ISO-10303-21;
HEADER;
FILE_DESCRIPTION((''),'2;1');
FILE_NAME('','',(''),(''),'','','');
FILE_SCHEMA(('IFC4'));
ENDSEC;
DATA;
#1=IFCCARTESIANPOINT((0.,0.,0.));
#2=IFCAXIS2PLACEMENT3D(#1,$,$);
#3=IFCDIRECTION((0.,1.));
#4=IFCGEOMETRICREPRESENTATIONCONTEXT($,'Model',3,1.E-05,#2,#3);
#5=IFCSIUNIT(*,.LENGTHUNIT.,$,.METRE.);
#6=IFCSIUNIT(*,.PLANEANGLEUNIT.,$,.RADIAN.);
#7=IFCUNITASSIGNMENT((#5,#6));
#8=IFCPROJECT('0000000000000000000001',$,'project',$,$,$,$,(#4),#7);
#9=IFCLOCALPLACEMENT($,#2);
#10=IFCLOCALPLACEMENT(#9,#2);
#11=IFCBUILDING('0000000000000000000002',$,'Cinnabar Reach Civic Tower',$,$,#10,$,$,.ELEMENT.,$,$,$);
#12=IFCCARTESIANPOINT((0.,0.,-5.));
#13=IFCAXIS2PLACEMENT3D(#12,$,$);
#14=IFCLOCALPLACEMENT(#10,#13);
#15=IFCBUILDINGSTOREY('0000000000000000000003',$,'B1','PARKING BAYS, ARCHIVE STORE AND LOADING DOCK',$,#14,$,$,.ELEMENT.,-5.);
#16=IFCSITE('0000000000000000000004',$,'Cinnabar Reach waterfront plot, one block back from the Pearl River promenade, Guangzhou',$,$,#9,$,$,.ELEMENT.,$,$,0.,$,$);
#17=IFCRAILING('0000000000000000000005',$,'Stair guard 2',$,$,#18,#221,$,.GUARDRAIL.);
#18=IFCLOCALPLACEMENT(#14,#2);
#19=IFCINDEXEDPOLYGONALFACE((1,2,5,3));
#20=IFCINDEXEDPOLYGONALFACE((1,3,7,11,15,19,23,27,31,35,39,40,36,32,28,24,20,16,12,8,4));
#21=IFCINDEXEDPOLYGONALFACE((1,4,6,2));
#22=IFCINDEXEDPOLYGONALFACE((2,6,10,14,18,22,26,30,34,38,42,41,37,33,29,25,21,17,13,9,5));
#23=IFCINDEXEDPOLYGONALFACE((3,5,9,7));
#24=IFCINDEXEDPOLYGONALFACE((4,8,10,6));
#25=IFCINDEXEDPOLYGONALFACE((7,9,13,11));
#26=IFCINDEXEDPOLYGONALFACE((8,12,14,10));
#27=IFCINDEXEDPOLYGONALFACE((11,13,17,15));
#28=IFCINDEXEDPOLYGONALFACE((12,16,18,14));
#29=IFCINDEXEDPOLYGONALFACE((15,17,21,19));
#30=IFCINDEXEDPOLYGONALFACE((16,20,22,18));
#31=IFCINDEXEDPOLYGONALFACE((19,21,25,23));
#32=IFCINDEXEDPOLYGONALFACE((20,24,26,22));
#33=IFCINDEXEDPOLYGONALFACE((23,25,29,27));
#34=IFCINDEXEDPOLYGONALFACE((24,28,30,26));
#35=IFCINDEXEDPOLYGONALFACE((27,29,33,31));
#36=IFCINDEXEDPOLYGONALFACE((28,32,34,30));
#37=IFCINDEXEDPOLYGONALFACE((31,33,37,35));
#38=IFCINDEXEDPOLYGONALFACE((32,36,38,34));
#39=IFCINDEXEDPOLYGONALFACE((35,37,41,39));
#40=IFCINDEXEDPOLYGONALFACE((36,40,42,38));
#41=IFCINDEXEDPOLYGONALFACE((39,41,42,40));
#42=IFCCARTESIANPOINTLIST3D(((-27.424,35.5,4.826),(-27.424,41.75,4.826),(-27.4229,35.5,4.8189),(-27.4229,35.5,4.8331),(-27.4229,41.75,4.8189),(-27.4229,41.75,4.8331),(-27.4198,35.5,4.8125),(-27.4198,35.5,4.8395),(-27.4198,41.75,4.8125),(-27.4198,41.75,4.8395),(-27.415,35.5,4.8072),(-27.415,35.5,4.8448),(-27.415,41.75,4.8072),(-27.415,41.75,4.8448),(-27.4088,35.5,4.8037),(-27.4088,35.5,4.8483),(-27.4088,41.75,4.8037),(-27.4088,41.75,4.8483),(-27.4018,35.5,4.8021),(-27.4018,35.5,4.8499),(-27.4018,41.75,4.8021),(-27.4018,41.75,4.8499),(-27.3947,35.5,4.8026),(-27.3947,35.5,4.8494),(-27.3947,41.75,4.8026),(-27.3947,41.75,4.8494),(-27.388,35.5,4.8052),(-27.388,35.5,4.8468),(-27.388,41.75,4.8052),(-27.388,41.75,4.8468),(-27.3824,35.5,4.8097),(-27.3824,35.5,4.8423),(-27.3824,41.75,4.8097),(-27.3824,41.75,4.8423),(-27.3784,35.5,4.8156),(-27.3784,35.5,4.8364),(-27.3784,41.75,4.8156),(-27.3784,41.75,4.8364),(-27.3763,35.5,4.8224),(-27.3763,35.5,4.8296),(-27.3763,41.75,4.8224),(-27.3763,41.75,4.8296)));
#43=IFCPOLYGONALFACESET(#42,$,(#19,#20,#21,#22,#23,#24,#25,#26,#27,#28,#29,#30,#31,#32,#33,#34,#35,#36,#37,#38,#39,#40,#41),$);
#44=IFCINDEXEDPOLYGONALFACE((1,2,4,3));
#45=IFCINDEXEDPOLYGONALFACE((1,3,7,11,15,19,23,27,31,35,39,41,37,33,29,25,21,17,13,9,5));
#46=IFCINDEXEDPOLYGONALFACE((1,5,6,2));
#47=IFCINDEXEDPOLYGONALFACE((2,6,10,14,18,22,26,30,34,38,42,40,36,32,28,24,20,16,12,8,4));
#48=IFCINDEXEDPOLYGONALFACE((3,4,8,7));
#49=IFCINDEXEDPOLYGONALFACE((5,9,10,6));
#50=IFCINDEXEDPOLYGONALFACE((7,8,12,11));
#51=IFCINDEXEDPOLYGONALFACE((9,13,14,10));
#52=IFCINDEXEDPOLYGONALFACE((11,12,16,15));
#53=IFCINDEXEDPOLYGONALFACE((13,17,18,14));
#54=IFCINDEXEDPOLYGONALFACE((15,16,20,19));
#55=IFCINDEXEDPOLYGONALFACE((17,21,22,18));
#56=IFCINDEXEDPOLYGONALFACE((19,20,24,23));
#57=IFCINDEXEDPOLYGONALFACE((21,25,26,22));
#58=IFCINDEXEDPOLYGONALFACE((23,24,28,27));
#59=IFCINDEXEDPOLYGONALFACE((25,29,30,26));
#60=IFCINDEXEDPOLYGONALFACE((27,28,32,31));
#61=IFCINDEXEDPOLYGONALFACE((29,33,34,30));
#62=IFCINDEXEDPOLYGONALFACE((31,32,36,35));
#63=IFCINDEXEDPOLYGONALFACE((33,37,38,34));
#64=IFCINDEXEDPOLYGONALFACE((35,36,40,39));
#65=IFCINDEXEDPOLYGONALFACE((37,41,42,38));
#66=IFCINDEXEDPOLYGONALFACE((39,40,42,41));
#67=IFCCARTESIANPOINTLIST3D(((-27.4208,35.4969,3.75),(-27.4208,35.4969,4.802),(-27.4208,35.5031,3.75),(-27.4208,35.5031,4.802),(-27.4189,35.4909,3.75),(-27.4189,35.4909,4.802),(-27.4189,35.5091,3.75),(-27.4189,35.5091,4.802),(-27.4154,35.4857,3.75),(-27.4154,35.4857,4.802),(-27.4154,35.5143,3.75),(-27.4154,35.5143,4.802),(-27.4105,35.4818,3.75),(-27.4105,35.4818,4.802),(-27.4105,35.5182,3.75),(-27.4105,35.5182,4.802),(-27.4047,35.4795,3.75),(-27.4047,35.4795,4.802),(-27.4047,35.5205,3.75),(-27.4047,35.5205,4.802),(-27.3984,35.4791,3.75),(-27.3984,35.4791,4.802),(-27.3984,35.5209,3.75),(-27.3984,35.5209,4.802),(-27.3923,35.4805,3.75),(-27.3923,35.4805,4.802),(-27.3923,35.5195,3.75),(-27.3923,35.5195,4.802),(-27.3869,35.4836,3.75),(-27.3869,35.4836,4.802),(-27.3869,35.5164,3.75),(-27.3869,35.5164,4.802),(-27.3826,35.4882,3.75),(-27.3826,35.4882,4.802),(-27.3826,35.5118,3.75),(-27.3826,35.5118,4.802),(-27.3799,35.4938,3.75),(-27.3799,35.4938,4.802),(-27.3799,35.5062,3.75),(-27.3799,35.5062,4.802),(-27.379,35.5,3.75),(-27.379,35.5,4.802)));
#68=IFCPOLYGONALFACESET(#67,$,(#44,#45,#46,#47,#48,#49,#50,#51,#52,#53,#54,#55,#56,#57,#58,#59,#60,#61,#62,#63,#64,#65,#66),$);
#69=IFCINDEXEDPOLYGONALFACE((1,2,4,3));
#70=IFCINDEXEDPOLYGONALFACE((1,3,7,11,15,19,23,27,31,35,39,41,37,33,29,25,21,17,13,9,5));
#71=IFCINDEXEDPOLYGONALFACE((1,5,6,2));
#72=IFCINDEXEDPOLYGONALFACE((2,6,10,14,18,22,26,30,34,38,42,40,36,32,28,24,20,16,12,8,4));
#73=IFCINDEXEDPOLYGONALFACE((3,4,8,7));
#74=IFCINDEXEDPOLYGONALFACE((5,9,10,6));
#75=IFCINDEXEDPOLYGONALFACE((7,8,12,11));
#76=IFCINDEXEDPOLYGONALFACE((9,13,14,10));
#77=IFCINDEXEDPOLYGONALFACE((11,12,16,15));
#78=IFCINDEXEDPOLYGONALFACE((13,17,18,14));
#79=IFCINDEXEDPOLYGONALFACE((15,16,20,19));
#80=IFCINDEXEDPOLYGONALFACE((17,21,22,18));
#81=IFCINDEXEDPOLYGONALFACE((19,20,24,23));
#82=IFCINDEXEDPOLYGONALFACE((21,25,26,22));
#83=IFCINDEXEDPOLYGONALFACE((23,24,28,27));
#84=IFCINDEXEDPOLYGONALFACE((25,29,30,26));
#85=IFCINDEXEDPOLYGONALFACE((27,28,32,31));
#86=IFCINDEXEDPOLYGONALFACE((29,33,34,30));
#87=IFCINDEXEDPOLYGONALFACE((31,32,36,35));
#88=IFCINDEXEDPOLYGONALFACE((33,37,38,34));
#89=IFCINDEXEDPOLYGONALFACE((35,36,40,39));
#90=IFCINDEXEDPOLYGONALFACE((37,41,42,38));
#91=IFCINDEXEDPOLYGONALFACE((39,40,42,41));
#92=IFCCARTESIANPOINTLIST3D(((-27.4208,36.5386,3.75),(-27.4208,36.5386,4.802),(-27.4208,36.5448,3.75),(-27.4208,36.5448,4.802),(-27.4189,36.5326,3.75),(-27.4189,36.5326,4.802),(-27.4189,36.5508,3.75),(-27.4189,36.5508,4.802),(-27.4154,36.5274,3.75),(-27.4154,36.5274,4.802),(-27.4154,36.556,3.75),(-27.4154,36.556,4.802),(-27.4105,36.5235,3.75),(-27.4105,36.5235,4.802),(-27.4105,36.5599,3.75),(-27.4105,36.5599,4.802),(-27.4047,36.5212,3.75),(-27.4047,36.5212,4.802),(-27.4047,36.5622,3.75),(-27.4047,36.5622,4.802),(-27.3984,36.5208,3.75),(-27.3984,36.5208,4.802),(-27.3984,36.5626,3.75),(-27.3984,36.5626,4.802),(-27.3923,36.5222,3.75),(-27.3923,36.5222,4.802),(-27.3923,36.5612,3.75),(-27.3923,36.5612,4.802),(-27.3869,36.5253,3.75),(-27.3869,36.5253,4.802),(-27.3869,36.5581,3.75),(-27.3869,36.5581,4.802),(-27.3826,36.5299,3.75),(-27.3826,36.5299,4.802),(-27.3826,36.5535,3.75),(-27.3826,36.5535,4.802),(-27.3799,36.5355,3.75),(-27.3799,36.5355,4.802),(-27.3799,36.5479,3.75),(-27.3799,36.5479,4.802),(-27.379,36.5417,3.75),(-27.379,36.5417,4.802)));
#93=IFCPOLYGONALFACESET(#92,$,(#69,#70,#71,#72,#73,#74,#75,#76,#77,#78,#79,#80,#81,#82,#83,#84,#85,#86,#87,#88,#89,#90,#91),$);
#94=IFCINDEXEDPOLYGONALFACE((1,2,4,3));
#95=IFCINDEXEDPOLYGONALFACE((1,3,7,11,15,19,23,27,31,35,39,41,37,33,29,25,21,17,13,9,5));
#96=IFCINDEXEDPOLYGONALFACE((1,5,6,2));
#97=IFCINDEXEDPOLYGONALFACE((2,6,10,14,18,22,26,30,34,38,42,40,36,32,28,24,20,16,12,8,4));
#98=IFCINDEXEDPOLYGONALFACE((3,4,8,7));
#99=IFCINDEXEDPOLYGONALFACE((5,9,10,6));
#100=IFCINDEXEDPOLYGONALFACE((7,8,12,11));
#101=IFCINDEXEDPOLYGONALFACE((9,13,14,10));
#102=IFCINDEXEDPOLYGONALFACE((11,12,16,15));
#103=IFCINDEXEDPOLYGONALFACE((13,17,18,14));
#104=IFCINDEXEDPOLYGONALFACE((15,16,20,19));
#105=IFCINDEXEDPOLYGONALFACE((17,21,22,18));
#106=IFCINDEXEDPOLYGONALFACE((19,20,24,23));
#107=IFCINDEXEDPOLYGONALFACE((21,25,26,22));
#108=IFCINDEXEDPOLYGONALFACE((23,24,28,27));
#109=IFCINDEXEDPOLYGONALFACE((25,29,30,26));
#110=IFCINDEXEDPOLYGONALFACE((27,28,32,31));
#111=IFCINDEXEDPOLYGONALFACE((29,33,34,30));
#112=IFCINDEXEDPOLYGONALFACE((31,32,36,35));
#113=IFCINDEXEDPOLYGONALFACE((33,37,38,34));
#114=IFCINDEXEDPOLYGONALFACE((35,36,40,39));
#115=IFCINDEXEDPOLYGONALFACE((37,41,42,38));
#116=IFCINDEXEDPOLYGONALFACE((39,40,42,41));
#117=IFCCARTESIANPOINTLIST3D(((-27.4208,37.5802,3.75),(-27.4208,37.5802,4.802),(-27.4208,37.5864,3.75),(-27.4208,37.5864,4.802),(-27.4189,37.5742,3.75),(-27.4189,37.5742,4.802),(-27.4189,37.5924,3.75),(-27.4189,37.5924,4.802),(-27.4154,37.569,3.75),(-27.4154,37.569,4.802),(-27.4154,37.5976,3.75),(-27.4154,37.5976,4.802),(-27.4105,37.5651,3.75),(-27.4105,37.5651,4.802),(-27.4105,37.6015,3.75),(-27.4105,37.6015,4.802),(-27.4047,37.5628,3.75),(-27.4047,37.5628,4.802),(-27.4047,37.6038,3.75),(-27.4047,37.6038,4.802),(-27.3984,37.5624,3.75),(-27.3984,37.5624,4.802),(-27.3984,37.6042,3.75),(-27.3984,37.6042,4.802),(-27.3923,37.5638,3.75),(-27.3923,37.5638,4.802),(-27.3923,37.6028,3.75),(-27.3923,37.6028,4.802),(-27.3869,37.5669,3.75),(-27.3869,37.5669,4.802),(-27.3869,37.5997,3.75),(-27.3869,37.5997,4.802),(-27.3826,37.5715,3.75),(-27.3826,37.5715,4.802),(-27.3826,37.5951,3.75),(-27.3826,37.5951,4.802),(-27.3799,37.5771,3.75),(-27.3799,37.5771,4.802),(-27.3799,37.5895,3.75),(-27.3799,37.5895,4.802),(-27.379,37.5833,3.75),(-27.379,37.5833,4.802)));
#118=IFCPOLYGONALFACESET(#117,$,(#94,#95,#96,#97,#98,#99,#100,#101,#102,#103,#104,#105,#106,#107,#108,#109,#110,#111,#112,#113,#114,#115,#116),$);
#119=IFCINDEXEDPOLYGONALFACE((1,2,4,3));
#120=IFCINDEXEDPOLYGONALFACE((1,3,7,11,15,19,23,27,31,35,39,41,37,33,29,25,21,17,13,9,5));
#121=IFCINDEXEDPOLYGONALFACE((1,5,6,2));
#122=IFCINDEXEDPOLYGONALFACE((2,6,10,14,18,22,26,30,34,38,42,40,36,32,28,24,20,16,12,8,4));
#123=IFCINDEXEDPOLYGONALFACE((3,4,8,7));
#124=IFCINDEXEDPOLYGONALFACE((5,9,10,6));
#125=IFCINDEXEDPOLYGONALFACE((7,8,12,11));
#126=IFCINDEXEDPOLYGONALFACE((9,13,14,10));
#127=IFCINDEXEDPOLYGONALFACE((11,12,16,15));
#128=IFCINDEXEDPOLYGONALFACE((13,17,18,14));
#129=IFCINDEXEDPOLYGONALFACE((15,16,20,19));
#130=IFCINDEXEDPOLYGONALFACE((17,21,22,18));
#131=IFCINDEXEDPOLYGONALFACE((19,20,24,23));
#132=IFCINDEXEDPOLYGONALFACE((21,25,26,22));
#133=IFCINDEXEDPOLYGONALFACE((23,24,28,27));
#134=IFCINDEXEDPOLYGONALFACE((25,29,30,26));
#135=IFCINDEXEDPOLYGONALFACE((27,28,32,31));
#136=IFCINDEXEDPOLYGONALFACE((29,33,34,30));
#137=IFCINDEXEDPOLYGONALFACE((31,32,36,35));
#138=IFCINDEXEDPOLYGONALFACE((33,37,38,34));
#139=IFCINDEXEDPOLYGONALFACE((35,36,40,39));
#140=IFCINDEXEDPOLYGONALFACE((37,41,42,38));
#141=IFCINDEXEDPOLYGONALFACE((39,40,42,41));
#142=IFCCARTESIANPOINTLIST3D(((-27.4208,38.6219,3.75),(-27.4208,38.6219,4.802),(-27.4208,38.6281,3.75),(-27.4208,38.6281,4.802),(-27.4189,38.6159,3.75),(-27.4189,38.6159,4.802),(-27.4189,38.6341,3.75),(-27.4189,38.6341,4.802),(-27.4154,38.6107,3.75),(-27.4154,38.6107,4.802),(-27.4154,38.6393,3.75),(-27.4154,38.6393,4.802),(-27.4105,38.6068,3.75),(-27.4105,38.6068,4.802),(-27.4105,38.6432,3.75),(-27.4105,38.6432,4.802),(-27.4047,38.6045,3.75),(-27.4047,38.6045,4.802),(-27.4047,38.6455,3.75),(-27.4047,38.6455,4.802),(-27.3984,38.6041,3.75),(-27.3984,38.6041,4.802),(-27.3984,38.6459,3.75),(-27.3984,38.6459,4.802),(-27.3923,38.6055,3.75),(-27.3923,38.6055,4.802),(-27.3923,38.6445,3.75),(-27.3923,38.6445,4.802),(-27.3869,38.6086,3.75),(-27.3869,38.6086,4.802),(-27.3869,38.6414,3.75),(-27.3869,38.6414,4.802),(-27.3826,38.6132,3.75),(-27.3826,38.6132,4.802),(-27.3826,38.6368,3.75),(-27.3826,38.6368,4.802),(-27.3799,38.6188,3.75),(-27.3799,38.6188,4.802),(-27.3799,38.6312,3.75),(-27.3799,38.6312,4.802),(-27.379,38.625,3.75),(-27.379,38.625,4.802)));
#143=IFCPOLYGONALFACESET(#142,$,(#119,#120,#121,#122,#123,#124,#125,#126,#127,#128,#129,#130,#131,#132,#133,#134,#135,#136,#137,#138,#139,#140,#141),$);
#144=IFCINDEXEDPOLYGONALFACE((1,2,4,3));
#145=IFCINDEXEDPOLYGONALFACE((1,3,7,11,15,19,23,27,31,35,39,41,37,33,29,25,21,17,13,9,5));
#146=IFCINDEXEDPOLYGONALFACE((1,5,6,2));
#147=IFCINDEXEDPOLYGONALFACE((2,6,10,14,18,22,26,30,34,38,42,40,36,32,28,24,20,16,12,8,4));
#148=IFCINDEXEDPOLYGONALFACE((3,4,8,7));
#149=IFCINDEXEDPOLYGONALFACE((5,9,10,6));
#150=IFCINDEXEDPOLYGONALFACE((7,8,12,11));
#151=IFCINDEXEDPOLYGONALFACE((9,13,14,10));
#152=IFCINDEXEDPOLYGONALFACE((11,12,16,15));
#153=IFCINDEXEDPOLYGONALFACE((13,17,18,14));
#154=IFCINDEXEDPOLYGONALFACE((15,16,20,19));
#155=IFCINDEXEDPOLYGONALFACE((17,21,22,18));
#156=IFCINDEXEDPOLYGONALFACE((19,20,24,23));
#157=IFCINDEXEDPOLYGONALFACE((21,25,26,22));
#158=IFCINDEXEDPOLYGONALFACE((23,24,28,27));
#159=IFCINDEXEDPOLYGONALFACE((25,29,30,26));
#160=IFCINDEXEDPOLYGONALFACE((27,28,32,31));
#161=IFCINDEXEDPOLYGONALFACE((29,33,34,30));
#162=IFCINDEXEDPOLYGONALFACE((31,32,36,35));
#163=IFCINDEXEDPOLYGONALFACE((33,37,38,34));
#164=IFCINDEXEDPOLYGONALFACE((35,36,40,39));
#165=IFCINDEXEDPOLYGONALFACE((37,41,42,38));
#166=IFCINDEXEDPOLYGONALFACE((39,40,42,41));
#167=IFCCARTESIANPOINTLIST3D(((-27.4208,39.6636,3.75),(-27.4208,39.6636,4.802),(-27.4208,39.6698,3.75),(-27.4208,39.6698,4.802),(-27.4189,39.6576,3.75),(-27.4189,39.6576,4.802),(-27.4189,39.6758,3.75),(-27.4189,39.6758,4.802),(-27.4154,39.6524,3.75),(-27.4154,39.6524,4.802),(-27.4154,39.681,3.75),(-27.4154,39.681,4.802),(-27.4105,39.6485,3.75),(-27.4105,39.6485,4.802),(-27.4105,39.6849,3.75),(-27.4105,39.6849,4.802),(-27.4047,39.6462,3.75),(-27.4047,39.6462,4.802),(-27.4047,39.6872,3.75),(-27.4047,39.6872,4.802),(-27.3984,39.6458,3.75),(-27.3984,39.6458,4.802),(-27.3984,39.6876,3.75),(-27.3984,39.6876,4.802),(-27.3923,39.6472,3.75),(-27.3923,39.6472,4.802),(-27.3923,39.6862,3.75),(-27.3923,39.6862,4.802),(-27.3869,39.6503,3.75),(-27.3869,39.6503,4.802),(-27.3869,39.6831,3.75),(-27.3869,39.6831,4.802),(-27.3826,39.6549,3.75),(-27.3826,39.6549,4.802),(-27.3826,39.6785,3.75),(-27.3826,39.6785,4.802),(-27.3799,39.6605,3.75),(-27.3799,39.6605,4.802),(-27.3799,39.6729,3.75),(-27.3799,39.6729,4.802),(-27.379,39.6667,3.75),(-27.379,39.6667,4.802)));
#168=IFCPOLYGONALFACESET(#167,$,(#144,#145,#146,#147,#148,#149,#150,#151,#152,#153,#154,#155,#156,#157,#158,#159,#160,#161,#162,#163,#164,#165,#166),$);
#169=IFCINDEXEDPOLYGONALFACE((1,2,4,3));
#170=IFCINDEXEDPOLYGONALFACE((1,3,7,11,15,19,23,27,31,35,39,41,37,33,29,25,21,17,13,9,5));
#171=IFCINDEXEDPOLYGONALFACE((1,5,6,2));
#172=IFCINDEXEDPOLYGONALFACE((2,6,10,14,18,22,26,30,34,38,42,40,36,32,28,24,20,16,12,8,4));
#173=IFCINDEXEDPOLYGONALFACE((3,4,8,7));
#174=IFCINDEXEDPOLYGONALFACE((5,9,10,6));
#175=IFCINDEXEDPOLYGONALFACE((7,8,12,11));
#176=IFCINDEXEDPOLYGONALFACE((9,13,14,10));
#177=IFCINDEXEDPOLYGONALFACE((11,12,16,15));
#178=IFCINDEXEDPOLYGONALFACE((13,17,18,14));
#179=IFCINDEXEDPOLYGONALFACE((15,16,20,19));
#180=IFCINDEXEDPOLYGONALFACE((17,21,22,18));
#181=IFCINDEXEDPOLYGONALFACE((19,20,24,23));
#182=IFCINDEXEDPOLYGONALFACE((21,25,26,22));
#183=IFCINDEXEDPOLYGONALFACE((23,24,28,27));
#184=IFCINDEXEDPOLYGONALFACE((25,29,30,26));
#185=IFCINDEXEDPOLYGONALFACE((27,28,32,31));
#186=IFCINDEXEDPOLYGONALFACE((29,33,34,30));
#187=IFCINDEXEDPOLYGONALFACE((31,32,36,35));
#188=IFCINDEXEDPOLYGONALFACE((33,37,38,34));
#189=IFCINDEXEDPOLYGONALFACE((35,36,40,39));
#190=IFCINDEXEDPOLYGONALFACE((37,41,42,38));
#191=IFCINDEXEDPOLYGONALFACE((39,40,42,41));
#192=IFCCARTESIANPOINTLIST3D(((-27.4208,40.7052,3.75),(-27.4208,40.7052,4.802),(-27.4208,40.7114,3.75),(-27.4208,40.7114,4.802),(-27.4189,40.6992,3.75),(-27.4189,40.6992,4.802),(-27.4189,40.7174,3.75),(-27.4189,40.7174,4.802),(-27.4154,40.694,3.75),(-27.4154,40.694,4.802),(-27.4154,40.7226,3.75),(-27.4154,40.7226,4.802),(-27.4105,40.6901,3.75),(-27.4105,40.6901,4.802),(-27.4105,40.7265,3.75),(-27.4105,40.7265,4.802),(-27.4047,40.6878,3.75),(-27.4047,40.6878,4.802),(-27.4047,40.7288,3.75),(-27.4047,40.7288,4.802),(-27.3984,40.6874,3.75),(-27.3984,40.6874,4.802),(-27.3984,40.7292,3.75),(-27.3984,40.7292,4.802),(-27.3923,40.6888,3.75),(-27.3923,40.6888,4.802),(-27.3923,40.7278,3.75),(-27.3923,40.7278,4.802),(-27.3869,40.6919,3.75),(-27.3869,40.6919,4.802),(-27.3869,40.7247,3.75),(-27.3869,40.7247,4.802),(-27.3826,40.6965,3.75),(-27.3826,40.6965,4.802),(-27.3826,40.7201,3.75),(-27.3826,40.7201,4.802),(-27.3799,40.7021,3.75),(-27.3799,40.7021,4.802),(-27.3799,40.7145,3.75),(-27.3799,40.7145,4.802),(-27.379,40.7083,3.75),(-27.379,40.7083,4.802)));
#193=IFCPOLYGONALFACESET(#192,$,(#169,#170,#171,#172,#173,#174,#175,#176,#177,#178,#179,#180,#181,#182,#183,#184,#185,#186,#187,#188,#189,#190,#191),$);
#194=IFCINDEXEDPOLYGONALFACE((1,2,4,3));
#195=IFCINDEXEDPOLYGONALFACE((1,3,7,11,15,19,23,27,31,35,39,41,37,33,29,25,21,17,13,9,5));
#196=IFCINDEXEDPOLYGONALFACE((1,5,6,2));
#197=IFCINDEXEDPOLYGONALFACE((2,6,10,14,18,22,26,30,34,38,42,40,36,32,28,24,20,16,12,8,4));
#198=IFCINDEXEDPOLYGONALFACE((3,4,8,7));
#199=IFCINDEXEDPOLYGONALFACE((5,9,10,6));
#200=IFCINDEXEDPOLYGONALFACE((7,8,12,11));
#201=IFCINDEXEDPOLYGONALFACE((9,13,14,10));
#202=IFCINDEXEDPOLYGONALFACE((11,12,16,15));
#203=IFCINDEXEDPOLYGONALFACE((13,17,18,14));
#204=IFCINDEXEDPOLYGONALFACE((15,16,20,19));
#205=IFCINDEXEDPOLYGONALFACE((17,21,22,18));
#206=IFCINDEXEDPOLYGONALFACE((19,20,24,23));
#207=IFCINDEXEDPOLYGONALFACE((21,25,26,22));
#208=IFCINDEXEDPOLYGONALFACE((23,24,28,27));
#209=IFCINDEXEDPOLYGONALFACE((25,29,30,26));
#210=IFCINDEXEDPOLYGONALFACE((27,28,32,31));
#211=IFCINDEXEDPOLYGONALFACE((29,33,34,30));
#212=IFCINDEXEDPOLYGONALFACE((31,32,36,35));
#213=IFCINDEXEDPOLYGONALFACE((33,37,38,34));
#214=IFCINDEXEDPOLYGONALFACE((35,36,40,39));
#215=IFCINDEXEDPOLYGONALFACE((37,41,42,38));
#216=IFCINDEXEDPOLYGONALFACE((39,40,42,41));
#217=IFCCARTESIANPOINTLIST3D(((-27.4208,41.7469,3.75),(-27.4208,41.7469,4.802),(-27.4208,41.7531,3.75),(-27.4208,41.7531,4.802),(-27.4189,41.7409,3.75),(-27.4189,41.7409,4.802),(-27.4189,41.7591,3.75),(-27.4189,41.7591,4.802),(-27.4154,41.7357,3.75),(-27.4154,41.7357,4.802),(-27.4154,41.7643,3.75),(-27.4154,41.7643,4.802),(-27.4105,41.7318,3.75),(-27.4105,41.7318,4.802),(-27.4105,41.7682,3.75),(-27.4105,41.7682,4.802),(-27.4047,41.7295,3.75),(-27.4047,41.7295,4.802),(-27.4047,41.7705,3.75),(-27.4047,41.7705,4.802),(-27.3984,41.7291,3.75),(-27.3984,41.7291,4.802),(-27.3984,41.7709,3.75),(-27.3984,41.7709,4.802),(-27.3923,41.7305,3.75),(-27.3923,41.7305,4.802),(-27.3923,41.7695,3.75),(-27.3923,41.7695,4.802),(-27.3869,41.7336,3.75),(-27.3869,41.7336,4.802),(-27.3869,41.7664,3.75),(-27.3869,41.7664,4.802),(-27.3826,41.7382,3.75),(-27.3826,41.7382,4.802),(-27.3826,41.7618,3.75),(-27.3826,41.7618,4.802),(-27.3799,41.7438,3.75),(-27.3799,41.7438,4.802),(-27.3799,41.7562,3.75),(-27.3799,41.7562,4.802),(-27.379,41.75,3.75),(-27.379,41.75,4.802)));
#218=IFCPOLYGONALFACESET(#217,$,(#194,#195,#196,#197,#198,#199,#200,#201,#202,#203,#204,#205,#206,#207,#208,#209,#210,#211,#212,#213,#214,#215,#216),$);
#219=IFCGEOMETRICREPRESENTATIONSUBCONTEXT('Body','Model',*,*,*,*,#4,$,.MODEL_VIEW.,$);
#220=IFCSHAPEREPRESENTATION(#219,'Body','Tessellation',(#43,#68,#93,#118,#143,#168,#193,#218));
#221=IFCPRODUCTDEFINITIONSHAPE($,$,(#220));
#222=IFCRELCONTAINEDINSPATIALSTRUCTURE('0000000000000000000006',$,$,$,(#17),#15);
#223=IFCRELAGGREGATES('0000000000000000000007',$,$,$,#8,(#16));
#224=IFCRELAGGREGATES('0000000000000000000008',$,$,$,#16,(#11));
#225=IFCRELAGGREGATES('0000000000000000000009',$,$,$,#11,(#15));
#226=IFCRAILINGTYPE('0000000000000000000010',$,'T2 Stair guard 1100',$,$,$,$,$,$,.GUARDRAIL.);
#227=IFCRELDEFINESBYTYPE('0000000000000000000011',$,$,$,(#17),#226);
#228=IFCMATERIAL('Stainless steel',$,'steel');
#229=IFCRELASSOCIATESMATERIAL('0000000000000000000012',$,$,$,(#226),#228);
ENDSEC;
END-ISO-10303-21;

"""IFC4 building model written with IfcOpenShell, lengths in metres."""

from ifc_helpers import new_model, si_unit, direction, frame, origin, origin_2d, place, context, subcontext, project, spatial, circle, extrude, material, type_object, element, save


model = new_model("IFC4")

# Units and contexts
model_context = context("Model", 3, precision=1e-05, world=origin(), true_north=direction((0.0, 1.0)))
body_context = subcontext(model_context, "Body", "Model", "MODEL_VIEW")
ifc_project = project(units=[si_unit("LENGTHUNIT", "METRE"), si_unit("PLANEANGLEUNIT", "RADIAN")], contexts=[model_context])

# Site, building, storey
site_placement = place(None, origin())
site = spatial("IfcSite", under=ifc_project, at=site_placement, Name="Cinnabar Reach waterfront plot, one block back from the Pearl River promenade, Guangzhou", CompositionType="ELEMENT", RefElevation=0.0)
building_placement = place(site_placement, origin())
building = spatial("IfcBuilding", under=site, at=building_placement, Name="Cinnabar Reach Civic Tower", CompositionType="ELEMENT")
storey_placement = place(building_placement, frame((0.0, 0.0, -5.0)))
storey = spatial("IfcBuildingStorey", under=building, at=storey_placement, Name="B1", Description="PARKING BAYS, ARCHIVE STORE AND LOADING DOCK", CompositionType="ELEMENT", Elevation=-5.0)

# Railing
ifc_material_1 = material(Name="Stainless steel", Category="steel")
railing_type = type_object("IfcRailingType", Name="T2 Stair guard 1100", PredefinedType="GUARDRAIL", material=ifc_material_1)
for number, where, name in (
    (1, (-27.4, 35.5, 3.75), "Stair guard 2"),
):
    element("IfcRailing", number, at=place(storey_placement, frame(where)), inside=storey, type_object=railing_type, Name=name, PredefinedType="GUARDRAIL", context=body_context, shape_type="SweptSolid", body=[
        extrude(circle(Radius=0.024, at=origin_2d()), frame((0.0, 0.0, 1.076), z_axis=(0.0, 1.0, 0.0), x_axis=(-1.0, 0.0, 0.0)), (0.0, 0.0, 1.0), 6.25),
        extrude(circle(Radius=0.021, at=origin_2d()), origin(), (0.0, 0.0, 1.0), 1.052),
        extrude(circle(Radius=0.021, at=origin_2d()), frame((0.0, 1.0417, 0.0)), (0.0, 0.0, 1.0), 1.052),
        extrude(circle(Radius=0.021, at=origin_2d()), frame((0.0, 2.0833, 0.0)), (0.0, 0.0, 1.0), 1.052),
        extrude(circle(Radius=0.021, at=origin_2d()), frame((0.0, 3.125, 0.0)), (0.0, 0.0, 1.0), 1.052),
        extrude(circle(Radius=0.021, at=origin_2d()), frame((0.0, 4.1667, 0.0)), (0.0, 0.0, 1.0), 1.052),
        extrude(circle(Radius=0.021, at=origin_2d()), frame((0.0, 5.2083, 0.0)), (0.0, 0.0, 1.0), 1.052),
        extrude(circle(Radius=0.021, at=origin_2d()), frame((0.0, 6.25, 0.0)), (0.0, 0.0, 1.0), 1.052),
    ])

save(model, "model.ifc")
